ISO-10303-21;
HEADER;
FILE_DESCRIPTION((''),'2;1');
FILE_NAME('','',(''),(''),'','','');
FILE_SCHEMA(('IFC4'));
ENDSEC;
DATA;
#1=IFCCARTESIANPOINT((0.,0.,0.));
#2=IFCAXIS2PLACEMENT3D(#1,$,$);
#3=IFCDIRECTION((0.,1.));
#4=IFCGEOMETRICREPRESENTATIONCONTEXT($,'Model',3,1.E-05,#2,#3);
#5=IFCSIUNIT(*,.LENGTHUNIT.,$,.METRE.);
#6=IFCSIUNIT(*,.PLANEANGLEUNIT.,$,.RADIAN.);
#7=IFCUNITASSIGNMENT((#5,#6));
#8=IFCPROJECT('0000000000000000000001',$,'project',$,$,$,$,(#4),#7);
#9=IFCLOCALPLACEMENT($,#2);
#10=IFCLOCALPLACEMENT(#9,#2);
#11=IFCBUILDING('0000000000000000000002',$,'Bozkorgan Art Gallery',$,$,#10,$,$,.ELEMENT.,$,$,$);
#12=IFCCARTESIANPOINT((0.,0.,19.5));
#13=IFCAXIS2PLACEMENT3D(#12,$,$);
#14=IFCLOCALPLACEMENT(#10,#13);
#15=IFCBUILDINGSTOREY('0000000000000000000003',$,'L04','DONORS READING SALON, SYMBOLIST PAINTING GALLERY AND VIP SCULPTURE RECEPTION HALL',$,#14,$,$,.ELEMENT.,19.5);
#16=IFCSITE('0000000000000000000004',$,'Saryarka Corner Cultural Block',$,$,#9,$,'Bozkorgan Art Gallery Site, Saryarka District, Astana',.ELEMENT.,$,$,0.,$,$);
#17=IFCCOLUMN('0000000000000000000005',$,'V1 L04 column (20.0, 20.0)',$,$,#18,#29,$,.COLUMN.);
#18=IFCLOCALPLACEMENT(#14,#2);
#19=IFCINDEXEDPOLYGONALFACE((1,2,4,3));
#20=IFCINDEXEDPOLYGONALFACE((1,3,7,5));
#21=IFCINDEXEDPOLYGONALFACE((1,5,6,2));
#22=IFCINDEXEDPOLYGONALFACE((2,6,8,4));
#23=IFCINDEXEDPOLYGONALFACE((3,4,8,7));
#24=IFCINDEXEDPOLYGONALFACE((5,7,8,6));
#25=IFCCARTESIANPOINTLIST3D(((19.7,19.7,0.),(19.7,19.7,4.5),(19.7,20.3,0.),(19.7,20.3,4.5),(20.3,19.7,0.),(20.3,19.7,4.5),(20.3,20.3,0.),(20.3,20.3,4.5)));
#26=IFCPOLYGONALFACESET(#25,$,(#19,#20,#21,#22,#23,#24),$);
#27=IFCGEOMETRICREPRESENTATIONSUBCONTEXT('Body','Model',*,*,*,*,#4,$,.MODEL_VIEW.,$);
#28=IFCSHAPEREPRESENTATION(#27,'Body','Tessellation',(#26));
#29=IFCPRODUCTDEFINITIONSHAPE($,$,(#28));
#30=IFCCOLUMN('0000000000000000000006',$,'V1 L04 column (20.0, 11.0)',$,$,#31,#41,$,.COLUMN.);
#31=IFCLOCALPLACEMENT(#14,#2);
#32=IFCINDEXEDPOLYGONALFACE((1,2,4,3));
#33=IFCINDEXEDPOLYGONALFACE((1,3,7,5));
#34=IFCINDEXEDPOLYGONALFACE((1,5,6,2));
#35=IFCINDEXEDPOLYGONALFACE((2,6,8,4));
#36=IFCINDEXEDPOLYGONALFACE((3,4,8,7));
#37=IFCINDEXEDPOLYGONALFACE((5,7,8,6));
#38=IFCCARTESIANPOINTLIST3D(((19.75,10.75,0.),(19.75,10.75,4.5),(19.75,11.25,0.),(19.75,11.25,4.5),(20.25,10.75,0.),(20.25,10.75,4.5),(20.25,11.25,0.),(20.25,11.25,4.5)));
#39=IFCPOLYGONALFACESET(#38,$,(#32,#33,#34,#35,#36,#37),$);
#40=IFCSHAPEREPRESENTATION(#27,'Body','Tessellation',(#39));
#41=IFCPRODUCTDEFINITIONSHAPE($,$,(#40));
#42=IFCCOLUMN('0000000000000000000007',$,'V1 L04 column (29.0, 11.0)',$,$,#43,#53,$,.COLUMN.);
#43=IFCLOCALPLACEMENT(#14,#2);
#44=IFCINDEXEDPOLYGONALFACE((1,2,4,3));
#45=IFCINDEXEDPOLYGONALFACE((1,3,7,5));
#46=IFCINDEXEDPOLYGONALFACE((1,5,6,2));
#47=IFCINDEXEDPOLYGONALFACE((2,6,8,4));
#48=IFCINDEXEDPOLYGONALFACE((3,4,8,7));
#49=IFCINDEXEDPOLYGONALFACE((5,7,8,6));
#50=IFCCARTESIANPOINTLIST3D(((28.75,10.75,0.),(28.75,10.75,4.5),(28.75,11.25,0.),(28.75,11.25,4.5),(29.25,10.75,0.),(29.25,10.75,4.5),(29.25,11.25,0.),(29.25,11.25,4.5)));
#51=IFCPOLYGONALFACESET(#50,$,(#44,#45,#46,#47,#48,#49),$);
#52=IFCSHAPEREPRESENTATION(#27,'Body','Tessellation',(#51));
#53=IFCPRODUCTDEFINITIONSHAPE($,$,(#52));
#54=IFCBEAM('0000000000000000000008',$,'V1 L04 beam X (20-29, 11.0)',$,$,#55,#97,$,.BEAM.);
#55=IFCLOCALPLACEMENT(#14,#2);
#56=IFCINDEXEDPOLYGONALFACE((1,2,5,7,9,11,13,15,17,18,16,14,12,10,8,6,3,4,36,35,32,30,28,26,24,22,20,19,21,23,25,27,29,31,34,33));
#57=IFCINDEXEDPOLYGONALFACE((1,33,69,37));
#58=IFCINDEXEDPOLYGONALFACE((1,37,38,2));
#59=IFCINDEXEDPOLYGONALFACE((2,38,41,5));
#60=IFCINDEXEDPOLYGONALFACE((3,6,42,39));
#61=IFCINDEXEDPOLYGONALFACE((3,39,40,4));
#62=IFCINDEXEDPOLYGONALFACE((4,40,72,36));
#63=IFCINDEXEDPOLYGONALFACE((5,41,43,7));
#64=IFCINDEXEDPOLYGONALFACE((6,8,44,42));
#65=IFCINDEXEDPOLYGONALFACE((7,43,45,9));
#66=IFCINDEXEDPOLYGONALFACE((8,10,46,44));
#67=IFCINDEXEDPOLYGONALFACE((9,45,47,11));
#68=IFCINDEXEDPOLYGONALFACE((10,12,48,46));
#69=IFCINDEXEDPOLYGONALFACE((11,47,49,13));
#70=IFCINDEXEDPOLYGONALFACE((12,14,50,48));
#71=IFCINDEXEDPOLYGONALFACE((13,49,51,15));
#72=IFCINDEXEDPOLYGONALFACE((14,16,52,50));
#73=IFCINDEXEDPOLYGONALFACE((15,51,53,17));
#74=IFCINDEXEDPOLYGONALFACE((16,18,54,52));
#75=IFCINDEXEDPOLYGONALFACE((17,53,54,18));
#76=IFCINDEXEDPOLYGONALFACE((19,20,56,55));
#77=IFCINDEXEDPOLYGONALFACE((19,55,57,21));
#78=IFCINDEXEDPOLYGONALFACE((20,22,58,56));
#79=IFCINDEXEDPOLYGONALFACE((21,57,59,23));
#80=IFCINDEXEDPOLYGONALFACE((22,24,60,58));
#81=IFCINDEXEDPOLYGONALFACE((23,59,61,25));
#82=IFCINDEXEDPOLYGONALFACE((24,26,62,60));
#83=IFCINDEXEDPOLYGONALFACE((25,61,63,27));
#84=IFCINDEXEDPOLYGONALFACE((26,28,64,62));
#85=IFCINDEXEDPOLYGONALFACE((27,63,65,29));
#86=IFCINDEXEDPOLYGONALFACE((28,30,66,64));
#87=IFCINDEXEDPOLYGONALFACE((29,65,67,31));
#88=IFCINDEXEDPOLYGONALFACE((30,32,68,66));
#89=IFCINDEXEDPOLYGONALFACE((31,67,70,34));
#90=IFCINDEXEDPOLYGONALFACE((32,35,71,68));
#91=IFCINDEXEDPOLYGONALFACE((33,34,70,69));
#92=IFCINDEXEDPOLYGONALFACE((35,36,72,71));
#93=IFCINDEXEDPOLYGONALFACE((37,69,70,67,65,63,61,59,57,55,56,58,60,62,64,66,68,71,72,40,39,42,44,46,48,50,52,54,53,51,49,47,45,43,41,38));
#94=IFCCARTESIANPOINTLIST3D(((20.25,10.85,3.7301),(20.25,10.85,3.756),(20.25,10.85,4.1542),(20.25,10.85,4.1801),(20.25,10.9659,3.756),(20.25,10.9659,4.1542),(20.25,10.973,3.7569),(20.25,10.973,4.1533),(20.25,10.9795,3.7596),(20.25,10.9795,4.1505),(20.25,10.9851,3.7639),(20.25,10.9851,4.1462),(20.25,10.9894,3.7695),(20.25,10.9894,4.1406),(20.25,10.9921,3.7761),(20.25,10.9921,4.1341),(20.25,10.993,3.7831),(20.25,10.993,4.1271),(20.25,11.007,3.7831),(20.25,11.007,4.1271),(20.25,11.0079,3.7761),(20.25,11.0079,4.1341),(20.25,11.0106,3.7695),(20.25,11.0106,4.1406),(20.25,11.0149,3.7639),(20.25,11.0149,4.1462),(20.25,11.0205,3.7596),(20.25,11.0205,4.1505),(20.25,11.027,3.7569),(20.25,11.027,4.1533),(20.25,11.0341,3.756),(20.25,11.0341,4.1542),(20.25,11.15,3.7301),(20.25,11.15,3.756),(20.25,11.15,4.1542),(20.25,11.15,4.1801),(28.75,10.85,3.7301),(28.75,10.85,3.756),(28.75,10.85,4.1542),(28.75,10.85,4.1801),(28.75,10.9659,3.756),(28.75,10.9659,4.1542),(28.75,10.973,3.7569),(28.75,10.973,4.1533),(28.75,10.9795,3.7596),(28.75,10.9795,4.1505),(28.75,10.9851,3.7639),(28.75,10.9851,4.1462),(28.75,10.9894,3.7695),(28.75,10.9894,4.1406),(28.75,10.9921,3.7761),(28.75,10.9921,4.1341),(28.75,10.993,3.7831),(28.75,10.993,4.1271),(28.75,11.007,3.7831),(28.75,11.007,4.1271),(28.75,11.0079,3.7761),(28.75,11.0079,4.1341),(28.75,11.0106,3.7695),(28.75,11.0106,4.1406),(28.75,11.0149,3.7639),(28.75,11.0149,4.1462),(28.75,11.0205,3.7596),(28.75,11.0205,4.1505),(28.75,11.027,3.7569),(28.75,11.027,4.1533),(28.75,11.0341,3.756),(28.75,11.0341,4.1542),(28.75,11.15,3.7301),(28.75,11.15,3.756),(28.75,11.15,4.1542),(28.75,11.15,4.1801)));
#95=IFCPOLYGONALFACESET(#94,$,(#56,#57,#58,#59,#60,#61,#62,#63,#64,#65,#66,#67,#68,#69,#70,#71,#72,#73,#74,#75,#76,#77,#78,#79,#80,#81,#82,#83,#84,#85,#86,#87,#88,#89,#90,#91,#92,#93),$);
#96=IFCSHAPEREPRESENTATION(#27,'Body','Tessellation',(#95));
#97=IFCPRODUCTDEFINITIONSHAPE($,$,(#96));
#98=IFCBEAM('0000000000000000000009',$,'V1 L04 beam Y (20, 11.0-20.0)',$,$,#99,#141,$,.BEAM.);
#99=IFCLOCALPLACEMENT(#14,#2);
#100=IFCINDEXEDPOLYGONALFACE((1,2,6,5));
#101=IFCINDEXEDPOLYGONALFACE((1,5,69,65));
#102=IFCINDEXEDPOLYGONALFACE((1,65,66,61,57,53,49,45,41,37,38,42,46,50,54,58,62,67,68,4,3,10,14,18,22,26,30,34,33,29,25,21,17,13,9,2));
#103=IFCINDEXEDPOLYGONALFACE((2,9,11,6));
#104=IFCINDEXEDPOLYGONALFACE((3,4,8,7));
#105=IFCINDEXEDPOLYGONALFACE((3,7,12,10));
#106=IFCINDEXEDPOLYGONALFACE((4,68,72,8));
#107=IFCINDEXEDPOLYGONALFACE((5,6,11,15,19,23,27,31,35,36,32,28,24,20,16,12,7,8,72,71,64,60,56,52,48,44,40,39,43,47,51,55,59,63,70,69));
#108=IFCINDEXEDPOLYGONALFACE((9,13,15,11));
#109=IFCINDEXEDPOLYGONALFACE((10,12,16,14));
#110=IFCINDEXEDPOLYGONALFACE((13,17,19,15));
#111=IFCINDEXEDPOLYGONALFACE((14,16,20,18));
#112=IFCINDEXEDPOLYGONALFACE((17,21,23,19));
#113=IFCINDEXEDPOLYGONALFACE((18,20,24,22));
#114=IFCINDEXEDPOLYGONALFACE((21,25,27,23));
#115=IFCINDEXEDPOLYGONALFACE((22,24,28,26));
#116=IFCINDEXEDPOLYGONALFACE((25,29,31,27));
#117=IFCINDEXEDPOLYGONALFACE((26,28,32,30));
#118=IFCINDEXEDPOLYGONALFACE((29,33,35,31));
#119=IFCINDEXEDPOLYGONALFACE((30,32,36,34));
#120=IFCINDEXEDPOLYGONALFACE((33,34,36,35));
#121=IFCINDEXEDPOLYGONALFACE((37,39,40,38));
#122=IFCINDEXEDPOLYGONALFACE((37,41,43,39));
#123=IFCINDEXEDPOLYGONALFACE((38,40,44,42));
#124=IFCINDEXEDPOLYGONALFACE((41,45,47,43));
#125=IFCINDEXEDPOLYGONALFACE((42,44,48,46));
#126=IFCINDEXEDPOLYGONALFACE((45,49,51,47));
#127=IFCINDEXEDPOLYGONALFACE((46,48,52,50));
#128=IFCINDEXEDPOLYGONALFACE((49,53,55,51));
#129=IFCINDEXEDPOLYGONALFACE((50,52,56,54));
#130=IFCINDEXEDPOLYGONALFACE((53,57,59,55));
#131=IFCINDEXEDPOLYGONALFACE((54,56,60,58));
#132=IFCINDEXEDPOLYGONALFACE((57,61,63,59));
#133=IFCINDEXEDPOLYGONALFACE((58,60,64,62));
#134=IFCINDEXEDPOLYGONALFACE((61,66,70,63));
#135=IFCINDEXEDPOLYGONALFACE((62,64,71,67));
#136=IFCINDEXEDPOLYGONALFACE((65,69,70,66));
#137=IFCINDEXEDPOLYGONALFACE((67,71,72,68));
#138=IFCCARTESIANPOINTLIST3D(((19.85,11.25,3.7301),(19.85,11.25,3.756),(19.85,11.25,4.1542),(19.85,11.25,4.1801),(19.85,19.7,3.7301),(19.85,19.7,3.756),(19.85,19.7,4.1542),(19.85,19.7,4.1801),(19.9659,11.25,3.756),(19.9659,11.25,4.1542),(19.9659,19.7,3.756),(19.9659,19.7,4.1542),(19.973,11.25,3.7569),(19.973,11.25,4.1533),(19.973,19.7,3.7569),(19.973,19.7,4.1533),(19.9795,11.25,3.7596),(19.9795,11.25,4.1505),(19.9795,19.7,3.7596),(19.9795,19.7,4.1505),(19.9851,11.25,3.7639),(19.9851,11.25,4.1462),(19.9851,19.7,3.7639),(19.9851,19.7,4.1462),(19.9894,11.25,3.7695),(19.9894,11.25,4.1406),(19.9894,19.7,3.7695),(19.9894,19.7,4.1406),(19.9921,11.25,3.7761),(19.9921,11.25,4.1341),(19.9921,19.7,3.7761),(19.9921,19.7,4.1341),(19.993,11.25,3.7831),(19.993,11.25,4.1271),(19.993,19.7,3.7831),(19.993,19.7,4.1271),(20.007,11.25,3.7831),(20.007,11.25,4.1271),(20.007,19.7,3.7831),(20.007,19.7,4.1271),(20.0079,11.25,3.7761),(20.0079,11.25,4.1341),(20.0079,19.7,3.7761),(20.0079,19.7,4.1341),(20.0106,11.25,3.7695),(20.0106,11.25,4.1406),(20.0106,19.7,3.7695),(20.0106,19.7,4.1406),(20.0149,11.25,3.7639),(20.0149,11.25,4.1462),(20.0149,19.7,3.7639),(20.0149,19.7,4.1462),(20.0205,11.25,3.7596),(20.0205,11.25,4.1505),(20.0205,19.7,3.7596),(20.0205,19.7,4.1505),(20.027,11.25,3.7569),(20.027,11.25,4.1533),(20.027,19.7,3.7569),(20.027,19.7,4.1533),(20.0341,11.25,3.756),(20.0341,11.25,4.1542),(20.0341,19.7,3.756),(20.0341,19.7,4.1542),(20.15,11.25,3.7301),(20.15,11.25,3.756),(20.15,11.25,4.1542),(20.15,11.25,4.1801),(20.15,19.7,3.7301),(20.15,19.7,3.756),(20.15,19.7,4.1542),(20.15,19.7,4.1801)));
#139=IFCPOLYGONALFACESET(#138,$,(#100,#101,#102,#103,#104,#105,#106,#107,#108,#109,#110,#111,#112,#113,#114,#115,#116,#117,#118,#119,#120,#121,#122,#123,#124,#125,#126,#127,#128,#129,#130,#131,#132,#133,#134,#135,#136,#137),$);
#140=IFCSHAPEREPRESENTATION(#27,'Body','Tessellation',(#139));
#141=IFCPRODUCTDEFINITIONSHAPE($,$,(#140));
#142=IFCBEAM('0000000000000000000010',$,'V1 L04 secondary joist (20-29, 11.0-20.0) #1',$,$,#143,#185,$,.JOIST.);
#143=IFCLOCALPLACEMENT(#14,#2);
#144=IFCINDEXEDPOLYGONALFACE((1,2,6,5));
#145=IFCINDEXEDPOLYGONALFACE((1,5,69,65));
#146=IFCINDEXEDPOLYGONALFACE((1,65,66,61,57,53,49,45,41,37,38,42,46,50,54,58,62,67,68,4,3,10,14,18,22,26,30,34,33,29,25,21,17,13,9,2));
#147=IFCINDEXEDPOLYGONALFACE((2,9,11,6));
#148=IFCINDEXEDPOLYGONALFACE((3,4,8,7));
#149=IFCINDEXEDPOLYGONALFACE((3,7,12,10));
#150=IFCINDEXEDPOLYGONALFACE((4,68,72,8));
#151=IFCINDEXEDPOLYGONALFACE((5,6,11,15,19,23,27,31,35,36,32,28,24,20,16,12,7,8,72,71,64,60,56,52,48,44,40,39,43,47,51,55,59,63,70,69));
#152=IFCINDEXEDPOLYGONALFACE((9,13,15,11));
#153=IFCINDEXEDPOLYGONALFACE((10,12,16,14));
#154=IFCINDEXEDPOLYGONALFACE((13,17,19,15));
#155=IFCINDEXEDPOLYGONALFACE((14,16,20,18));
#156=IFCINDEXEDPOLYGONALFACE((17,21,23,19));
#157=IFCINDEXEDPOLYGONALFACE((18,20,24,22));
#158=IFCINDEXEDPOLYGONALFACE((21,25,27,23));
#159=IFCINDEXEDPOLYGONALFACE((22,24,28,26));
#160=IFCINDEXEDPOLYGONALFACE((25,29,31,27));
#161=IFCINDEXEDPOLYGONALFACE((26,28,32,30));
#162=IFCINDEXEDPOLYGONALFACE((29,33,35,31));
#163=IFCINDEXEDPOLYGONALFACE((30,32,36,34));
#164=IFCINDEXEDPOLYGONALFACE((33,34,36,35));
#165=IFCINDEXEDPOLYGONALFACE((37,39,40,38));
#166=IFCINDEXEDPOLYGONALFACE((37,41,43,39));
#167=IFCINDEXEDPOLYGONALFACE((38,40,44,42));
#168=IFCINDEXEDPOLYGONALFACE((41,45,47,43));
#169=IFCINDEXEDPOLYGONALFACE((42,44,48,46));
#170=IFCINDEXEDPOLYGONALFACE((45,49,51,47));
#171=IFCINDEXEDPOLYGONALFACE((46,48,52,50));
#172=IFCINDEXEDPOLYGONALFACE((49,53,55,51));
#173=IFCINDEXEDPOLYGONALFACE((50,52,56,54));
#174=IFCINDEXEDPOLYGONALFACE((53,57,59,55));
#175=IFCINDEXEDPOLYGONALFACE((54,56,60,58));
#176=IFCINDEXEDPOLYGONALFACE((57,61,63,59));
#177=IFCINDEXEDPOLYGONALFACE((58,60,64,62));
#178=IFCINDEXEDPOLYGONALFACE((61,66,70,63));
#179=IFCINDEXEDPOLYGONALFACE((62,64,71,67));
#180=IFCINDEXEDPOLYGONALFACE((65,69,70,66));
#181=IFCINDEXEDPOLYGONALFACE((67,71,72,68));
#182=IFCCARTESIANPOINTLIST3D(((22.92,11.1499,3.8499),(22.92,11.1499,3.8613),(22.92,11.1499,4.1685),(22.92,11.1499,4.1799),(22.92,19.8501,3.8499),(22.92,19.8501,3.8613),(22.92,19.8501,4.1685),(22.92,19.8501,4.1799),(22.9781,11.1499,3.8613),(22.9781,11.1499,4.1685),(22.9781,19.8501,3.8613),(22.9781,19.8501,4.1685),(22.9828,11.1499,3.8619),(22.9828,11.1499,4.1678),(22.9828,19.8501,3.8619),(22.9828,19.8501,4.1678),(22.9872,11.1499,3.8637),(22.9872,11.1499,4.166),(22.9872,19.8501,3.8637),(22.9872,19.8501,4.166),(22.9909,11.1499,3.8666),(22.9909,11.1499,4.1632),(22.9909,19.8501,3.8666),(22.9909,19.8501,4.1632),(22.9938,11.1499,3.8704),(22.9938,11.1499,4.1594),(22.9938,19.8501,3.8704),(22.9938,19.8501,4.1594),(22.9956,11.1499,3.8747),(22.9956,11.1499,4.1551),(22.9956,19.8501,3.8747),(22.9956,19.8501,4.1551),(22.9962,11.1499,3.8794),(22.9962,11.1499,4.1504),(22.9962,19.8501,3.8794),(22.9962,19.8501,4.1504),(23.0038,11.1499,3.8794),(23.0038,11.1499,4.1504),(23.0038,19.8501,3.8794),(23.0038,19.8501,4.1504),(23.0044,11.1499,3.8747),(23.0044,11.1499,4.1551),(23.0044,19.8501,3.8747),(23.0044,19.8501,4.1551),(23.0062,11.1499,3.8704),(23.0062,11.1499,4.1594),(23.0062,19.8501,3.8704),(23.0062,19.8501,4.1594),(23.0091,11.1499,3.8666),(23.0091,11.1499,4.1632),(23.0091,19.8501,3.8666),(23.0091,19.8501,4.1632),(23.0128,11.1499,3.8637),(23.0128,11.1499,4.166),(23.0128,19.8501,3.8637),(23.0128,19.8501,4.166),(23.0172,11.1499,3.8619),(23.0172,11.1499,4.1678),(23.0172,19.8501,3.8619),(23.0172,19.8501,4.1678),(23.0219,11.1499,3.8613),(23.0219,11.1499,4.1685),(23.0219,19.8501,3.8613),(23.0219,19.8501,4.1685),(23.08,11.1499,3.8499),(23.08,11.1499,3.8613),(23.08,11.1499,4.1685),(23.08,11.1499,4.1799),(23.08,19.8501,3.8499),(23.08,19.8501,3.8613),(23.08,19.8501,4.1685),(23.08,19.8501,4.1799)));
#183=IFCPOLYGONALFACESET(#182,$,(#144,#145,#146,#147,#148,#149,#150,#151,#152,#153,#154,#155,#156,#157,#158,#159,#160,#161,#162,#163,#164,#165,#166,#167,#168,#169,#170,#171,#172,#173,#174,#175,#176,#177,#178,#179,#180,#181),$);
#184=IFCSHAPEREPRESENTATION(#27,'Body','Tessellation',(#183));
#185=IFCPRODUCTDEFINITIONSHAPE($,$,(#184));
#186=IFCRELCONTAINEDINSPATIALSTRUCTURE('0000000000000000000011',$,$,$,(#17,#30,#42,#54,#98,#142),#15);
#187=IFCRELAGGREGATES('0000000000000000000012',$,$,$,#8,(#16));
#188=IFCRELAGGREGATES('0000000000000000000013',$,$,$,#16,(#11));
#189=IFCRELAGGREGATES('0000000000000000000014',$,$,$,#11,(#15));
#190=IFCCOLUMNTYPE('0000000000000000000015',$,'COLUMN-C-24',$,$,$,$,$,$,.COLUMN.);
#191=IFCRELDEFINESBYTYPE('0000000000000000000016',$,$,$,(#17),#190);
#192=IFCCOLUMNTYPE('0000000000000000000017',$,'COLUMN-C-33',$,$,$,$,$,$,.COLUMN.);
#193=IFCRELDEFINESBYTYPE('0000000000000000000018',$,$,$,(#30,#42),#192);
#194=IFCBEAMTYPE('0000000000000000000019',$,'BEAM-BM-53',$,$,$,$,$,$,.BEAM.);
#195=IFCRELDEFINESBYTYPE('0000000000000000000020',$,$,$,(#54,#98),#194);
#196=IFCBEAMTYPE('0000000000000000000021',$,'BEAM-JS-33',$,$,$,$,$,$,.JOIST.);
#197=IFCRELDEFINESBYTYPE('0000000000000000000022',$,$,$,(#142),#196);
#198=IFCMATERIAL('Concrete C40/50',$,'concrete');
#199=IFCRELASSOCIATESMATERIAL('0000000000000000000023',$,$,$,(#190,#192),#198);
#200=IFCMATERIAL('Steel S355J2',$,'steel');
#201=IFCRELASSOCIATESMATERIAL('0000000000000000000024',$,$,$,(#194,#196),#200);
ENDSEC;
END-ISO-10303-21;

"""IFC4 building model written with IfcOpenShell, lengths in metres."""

from ifc_helpers import new_model, si_unit, direction, frame, origin, origin_2d, place, context, subcontext, project, spatial, rectangle, i_section, extrude, material, material_profile, profile_set, type_object, element, save


model = new_model("IFC4")

# Units and contexts
model_context = context("Model", 3, precision=1e-05, world=origin(), true_north=direction((0.0, 1.0)))
body_context = subcontext(model_context, "Body", "Model", "MODEL_VIEW")
ifc_project = project(units=[si_unit("LENGTHUNIT", "METRE"), si_unit("PLANEANGLEUNIT", "RADIAN")], contexts=[model_context])

# Site, building, storey
site_placement = place(None, origin())
site = spatial("IfcSite", under=ifc_project, at=site_placement, Name="Saryarka Corner Cultural Block", LongName="Bozkorgan Art Gallery Site, Saryarka District, Astana", CompositionType="ELEMENT", RefElevation=0.0)
building_placement = place(site_placement, origin())
building = spatial("IfcBuilding", under=site, at=building_placement, Name="Bozkorgan Art Gallery", CompositionType="ELEMENT")
storey_placement = place(building_placement, frame((0.0, 0.0, 19.5)))
storey = spatial("IfcBuildingStorey", under=building, at=storey_placement, Name="L04", Description="DONORS READING SALON, SYMBOLIST PAINTING GALLERY AND VIP SCULPTURE RECEPTION HALL", CompositionType="ELEMENT", Elevation=19.5)

# Columns
ifc_material_1 = material(Name="Concrete C40/50", Category="concrete")
ifc_material_profile_1 = material_profile(ifc_material_1, rectangle(XDim=0.6001, YDim=0.6001, at=origin_2d()), Name="RC 600x600")
ifc_profile_set_1 = profile_set([ifc_material_profile_1], Name="Concrete C40/50")
column_type_1 = type_object("IfcColumnType", Name="COLUMN-C-24", PredefinedType="COLUMN", material=ifc_profile_set_1)
column_placement = place(storey_placement, frame((20.0, 20.0, 0.0), z_axis=(0.0, 0.0, 1.0), x_axis=(1.0, 0.0, 0.0)))
element("IfcColumn", 1, at=column_placement, inside=storey, type_object=column_type_1, Name="V1 L04 column (20.0, 20.0)", PredefinedType="COLUMN", context=body_context, shape_type="SweptSolid", body=[
    extrude(rectangle(XDim=0.6001, YDim=0.6001, at=origin_2d()), origin(), (0.0, 0.0, 1.0), 4.5),
])
ifc_material_profile_2 = material_profile(ifc_material_1, rectangle(XDim=0.5, YDim=0.5, at=origin_2d()), Name="RC 500x500")
ifc_profile_set_2 = profile_set([ifc_material_profile_2], Name="Concrete C40/50")
column_type_2 = type_object("IfcColumnType", Name="COLUMN-C-33", PredefinedType="COLUMN", material=ifc_profile_set_2)
for number, where, z_axis, x_axis, name in (
    (2, (20.0, 11.0, 0.0), (0.0, 0.0, 1.0), (1.0, 0.0, 0.0), "V1 L04 column (20.0, 11.0)"),
    (3, (29.0, 11.0, 0.0), (0.0, 0.0, 1.0), (1.0, 0.0, 0.0), "V1 L04 column (29.0, 11.0)"),
):
    element("IfcColumn", number, at=place(storey_placement, frame(where, z_axis=z_axis, x_axis=x_axis)), inside=storey, type_object=column_type_2, Name=name, PredefinedType="COLUMN", context=body_context, shape_type="SweptSolid", body=[
        extrude(rectangle(XDim=0.5, YDim=0.5, at=origin_2d()), origin(), (0.0, 0.0, 1.0), 4.5),
    ])

# Beams
ifc_material_2 = material(Name="Steel S355J2", Category="steel")
ifc_material_profile_3 = material_profile(ifc_material_2, i_section(OverallWidth=0.3, OverallDepth=0.45, WebThickness=0.0139, FlangeThickness=0.0259, FilletRadius=0.0271, at=origin_2d()), Name="HEB 450")
ifc_profile_set_3 = profile_set([ifc_material_profile_3], Name="Steel S355J2")
beam_type_1 = type_object("IfcBeamType", Name="BEAM-BM-53", PredefinedType="BEAM", material=ifc_profile_set_3)
beam_1_placement = place(storey_placement, frame((20.25, 11.0, 3.9551), z_axis=(1.0, 0.0, 0.0), x_axis=(0.0, 1.0, 0.0)))
element("IfcBeam", 4, at=beam_1_placement, inside=storey, type_object=beam_type_1, Name="V1 L04 beam X (20-29, 11.0)", PredefinedType="BEAM", context=body_context, shape_type="SweptSolid", body=[
    extrude(i_section(OverallWidth=0.3, OverallDepth=0.45, WebThickness=0.0139, FlangeThickness=0.0259, FilletRadius=0.0271, at=origin_2d()), origin(), (0.0, 0.0, 1.0), 8.5),
])
beam_2_placement = place(storey_placement, frame((20.0, 11.25, 3.9551), z_axis=(0.0, 1.0, 0.0), x_axis=(-1.0, 0.0, 0.0)))
element("IfcBeam", 5, at=beam_2_placement, inside=storey, type_object=beam_type_1, Name="V1 L04 beam Y (20, 11.0-20.0)", PredefinedType="BEAM", context=body_context, shape_type="SweptSolid", body=[
    extrude(i_section(OverallWidth=0.3, OverallDepth=0.45, WebThickness=0.0139, FlangeThickness=0.0259, FilletRadius=0.0271, at=origin_2d()), origin(), (0.0, 0.0, 1.0), 8.45),
])
ifc_material_profile_4 = material_profile(ifc_material_2, i_section(OverallWidth=0.1599, OverallDepth=0.3301, WebThickness=0.0076, FlangeThickness=0.0115, FilletRadius=0.0181, at=origin_2d()), Name="IPE 330")
ifc_profile_set_4 = profile_set([ifc_material_profile_4], Name="Steel S355J2")
beam_type_2 = type_object("IfcBeamType", Name="BEAM-JS-33", PredefinedType="JOIST", material=ifc_profile_set_4)
for number, where, z_axis, x_axis, name in (
    (6, (23.0, 11.1499, 4.0149), (0.0, 1.0, 0.0), (-1.0, 0.0, 0.0), "V1 L04 secondary joist (20-29, 11.0-20.0) #1"),
):
    element("IfcBeam", number, at=place(storey_placement, frame(where, z_axis=z_axis, x_axis=x_axis)), inside=storey, type_object=beam_type_2, Name=name, PredefinedType="JOIST", context=body_context, shape_type="SweptSolid", body=[
        extrude(i_section(OverallWidth=0.1599, OverallDepth=0.3301, WebThickness=0.0076, FlangeThickness=0.0115, FilletRadius=0.0181, at=origin_2d()), origin(), (0.0, 0.0, 1.0), 8.7002),
    ])

save(model, "model.ifc")
